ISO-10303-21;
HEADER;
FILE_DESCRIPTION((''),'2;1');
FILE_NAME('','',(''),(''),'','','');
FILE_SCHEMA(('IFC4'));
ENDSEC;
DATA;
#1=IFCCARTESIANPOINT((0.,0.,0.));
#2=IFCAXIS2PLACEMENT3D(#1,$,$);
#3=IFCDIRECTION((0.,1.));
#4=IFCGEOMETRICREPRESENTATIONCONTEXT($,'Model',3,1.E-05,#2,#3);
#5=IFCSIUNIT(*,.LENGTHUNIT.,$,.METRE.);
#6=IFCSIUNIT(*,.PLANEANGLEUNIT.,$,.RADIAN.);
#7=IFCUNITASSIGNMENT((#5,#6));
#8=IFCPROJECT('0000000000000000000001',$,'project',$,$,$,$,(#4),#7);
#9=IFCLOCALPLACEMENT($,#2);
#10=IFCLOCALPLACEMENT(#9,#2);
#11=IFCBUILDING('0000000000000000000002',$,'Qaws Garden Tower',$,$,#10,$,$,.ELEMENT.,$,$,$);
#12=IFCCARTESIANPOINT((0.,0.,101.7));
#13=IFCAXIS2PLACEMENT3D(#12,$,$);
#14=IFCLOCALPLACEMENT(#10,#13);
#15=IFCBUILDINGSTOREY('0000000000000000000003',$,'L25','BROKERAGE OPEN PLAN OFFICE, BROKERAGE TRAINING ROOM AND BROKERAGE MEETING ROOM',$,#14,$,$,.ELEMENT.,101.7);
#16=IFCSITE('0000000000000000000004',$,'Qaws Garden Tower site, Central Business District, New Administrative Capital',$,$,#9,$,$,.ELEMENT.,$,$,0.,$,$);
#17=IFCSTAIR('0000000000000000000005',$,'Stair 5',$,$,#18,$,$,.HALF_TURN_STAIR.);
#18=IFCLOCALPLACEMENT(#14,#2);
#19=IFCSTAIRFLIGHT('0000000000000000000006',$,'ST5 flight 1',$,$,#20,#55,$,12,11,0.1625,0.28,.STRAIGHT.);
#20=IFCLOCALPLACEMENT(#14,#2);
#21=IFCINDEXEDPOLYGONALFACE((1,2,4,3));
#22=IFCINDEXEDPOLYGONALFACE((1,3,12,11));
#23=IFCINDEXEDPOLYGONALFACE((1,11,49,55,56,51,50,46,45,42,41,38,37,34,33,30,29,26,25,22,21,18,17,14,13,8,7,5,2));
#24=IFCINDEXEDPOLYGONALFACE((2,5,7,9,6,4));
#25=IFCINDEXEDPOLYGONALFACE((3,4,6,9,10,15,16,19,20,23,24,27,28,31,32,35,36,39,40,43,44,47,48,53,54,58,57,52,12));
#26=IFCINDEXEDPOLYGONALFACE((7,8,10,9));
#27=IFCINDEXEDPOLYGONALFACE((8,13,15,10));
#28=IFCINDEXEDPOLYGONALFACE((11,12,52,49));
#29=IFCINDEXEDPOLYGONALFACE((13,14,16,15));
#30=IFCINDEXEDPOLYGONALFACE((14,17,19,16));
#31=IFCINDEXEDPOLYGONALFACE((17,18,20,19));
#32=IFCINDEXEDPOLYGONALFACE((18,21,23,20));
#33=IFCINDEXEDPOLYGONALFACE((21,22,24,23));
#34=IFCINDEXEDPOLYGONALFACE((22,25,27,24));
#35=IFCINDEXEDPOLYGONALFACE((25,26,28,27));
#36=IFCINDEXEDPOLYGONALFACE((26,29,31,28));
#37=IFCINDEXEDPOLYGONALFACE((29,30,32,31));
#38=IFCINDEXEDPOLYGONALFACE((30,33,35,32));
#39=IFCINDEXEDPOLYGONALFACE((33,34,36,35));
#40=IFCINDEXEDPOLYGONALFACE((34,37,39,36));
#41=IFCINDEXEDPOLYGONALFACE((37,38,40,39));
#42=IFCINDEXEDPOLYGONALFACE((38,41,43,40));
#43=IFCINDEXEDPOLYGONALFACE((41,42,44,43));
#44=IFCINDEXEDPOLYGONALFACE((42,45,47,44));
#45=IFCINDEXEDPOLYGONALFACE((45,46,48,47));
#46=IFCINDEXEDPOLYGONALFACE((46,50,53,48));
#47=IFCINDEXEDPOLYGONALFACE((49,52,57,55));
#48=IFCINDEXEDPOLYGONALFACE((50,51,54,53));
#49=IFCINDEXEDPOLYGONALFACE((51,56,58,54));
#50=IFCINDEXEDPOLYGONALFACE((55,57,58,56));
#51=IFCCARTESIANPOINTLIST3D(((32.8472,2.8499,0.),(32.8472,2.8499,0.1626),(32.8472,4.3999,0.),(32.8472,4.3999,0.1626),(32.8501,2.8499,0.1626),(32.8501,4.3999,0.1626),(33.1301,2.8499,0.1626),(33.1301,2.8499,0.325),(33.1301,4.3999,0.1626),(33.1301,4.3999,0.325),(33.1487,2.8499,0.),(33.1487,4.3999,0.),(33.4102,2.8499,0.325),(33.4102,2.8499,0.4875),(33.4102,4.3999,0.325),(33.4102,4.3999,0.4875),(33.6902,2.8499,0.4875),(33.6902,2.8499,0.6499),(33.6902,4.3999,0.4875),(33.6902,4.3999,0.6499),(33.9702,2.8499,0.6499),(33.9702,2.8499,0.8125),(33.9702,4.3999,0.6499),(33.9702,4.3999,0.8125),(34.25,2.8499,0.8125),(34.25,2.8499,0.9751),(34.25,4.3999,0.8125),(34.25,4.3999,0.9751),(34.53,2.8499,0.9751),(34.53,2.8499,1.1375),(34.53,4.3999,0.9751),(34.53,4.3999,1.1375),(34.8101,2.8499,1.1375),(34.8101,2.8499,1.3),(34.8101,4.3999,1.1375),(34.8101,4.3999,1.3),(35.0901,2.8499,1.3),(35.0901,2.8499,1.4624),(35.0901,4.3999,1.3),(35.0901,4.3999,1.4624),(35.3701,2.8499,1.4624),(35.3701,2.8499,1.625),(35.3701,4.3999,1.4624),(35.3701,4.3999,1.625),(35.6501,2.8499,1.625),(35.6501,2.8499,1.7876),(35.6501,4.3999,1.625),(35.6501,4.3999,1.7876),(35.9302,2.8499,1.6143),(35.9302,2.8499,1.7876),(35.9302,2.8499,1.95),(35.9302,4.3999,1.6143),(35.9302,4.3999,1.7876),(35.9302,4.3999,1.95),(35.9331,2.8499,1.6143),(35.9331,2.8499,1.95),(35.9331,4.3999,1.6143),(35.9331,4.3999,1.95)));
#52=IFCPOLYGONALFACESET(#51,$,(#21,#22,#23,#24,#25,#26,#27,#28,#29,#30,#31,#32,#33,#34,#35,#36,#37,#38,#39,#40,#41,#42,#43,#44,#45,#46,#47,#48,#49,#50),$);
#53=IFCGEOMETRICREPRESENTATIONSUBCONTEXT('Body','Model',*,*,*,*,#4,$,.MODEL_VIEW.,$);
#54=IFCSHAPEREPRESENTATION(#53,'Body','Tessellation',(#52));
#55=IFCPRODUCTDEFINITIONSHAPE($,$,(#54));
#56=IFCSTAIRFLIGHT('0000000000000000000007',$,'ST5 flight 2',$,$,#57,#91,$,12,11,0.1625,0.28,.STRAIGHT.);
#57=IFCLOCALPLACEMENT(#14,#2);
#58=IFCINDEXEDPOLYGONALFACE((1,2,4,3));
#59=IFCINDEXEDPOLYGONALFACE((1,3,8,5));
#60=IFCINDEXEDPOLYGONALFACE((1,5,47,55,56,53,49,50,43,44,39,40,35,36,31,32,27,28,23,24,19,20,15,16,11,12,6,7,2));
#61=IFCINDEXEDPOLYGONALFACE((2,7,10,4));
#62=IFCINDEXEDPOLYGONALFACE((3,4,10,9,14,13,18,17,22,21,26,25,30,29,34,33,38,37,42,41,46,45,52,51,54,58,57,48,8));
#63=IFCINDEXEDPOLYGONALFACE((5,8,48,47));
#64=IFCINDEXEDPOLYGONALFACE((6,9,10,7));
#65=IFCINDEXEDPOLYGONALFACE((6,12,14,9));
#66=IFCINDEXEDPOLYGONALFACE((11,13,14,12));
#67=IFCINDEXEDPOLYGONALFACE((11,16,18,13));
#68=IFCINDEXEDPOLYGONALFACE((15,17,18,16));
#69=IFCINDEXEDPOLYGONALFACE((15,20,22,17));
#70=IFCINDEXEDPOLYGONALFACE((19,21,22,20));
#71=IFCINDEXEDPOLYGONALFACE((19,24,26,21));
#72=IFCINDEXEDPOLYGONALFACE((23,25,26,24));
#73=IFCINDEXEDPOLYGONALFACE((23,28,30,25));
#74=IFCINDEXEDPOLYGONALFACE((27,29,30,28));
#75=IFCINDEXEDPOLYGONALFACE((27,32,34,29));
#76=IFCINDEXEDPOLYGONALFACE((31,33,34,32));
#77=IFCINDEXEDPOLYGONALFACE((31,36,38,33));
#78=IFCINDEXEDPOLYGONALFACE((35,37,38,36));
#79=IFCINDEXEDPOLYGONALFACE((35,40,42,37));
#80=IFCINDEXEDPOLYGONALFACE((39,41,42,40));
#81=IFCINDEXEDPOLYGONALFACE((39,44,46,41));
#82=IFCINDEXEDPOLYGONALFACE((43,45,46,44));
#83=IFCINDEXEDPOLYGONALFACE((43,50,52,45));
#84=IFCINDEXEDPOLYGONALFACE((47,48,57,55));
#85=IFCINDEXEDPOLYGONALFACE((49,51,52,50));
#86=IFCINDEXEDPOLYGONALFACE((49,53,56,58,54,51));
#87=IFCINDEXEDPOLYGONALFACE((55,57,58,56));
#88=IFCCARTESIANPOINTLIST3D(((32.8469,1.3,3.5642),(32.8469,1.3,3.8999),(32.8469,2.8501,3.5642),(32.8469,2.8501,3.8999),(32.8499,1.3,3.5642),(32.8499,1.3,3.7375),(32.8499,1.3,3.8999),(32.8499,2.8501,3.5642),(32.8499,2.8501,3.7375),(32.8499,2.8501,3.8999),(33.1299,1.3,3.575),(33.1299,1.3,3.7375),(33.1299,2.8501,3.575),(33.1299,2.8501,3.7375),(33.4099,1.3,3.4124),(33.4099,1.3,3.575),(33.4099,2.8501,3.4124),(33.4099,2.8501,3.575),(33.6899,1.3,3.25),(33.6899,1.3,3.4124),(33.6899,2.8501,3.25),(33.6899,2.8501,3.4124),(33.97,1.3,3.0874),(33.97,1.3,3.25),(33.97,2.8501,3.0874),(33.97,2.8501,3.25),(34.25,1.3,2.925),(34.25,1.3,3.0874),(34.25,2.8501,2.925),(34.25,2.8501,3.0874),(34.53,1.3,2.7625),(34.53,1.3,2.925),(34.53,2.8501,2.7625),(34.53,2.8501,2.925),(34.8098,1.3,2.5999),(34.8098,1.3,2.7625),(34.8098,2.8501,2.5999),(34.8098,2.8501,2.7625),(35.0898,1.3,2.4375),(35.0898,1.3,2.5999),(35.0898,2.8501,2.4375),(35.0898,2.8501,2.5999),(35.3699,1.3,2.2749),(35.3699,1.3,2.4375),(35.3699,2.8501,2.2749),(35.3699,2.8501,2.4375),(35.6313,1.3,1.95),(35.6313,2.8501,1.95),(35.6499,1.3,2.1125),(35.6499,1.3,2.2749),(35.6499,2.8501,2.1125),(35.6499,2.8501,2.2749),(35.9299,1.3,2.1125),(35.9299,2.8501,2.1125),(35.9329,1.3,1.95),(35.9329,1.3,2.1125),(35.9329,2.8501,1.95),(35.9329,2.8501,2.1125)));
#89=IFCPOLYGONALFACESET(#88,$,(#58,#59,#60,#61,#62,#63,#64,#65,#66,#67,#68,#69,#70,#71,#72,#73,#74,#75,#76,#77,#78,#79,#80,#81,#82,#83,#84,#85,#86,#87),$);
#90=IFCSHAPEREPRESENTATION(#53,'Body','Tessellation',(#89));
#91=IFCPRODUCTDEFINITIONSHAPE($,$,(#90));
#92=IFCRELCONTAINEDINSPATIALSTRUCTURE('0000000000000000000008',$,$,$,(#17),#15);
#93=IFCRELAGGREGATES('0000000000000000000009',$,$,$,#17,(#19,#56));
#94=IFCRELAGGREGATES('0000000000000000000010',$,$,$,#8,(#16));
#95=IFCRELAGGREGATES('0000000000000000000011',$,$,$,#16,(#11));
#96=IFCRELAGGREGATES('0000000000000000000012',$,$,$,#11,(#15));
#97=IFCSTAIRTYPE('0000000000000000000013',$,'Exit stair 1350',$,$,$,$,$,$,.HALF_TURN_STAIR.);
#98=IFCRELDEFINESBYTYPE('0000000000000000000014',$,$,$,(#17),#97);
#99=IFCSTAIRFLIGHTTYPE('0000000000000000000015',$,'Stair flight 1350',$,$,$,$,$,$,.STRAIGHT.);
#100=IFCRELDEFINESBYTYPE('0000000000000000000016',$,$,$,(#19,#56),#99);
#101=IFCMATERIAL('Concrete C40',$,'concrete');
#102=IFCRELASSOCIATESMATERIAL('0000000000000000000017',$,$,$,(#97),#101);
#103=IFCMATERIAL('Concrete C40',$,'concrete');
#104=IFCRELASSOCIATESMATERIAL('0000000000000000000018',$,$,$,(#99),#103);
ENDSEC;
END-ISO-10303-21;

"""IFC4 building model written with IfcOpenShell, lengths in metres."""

from ifc_helpers import new_model, si_unit, direction, frame, origin, place, context, subcontext, project, spatial, polyline, outline, extrude, material, type_object, element, aggregate, save


model = new_model("IFC4")

# Units and contexts
model_context = context("Model", 3, precision=1e-05, world=origin(), true_north=direction((0.0, 1.0)))
body_context = subcontext(model_context, "Body", "Model", "MODEL_VIEW")
ifc_project = project(units=[si_unit("LENGTHUNIT", "METRE"), si_unit("PLANEANGLEUNIT", "RADIAN")], contexts=[model_context])

# Site, building, storey
site_placement = place(None, origin())
site = spatial("IfcSite", under=ifc_project, at=site_placement, Name="Qaws Garden Tower site, Central Business District, New Administrative Capital", CompositionType="ELEMENT", RefElevation=0.0)
building_placement = place(site_placement, origin())
building = spatial("IfcBuilding", under=site, at=building_placement, Name="Qaws Garden Tower", CompositionType="ELEMENT")
storey_placement = place(building_placement, frame((0.0, 0.0, 101.7)))
storey = spatial("IfcBuildingStorey", under=building, at=storey_placement, Name="L25", Description="BROKERAGE OPEN PLAN OFFICE, BROKERAGE TRAINING ROOM AND BROKERAGE MEETING ROOM", CompositionType="ELEMENT", Elevation=101.7)

# Stair, stair flights
ifc_material_1 = material(Name="Concrete C40", Category="concrete")
stair_type = type_object("IfcStairType", Name="Exit stair 1350", PredefinedType="HALF_TURN_STAIR", material=ifc_material_1)
stair_placement = place(storey_placement, origin())
stair = element("IfcStair", 1, at=stair_placement, inside=storey, type_object=stair_type, Name="Stair 5", PredefinedType="HALF_TURN_STAIR")
ifc_material_2 = material(Name="Concrete C40", Category="concrete")
stair_flight_type = type_object("IfcStairFlightType", Name="Stair flight 1350", PredefinedType="STRAIGHT", material=ifc_material_2)
stair_flight_1_placement = place(storey_placement, frame((32.8501, 3.625, 0.0), z_axis=(0.0, 0.0, 1.0), x_axis=(1.0, 0.0, 0.0)))
stair_flight_1 = element("IfcStairFlight", 2, at=stair_flight_1_placement, type_object=stair_flight_type, Name="ST5 flight 1", NumberOfRisers=12, NumberOfTreads=11, PredefinedType="STRAIGHT", RiserHeight=0.1625, TreadLength=0.28, context=body_context, shape_type="SweptSolid", body=[
    extrude(outline(polyline([(-0.0029, 0.0), (-0.0029, 0.1626), (0.0, 0.1626), (0.28, 0.1626), (0.28, 0.325), (0.5601, 0.325), (0.5601, 0.4875), (0.8401, 0.4875), (0.8401, 0.6499), (1.1201, 0.6499), (1.1201, 0.8125), (1.3999, 0.8125), (1.3999, 0.9751), (1.6799, 0.9751), (1.6799, 1.1375), (1.96, 1.1375), (1.96, 1.3), (2.24, 1.3), (2.24, 1.4624), (2.52, 1.4624), (2.52, 1.625), (2.8, 1.625), (2.8, 1.7876), (3.0801, 1.7876), (3.0801, 1.95), (3.083, 1.95), (3.083, 1.6143), (3.0801, 1.6143), (0.2986, 0.0), (-0.0029, 0.0)])), frame((0.0, 0.7749, 0.0), z_axis=(0.0, -1.0, 0.0), x_axis=(1.0, 0.0, 0.0)), (0.0, 0.0, 1.0), 1.55),
])
stair_flight_2_placement = place(storey_placement, frame((35.9299, 2.075, 1.95), z_axis=(0.0, 0.0, 1.0), x_axis=(-1.0, 0.0, 0.0)))
stair_flight_2 = element("IfcStairFlight", 3, at=stair_flight_2_placement, type_object=stair_flight_type, Name="ST5 flight 2", NumberOfRisers=12, NumberOfTreads=11, PredefinedType="STRAIGHT", RiserHeight=0.1625, TreadLength=0.28, context=body_context, shape_type="SweptSolid", body=[
    extrude(outline(polyline([(-0.0029, 0.0), (-0.0029, 0.1626), (0.0, 0.1626), (0.28, 0.1626), (0.28, 0.325), (0.5601, 0.325), (0.5601, 0.4875), (0.8401, 0.4875), (0.8401, 0.6499), (1.1201, 0.6499), (1.1201, 0.8125), (1.3999, 0.8125), (1.3999, 0.9751), (1.6799, 0.9751), (1.6799, 1.1375), (1.96, 1.1375), (1.96, 1.3), (2.24, 1.3), (2.24, 1.4624), (2.52, 1.4624), (2.52, 1.625), (2.8, 1.625), (2.8, 1.7876), (3.0801, 1.7876), (3.0801, 1.95), (3.083, 1.95), (3.083, 1.6143), (3.0801, 1.6143), (0.2986, 0.0), (-0.0029, 0.0)])), frame((0.0, 0.7749, 0.0), z_axis=(0.0, -1.0, 0.0), x_axis=(1.0, 0.0, 0.0)), (0.0, 0.0, 1.0), 1.55),
])
aggregate(stair, [stair_flight_1, stair_flight_2])

save(model, "model.ifc")
